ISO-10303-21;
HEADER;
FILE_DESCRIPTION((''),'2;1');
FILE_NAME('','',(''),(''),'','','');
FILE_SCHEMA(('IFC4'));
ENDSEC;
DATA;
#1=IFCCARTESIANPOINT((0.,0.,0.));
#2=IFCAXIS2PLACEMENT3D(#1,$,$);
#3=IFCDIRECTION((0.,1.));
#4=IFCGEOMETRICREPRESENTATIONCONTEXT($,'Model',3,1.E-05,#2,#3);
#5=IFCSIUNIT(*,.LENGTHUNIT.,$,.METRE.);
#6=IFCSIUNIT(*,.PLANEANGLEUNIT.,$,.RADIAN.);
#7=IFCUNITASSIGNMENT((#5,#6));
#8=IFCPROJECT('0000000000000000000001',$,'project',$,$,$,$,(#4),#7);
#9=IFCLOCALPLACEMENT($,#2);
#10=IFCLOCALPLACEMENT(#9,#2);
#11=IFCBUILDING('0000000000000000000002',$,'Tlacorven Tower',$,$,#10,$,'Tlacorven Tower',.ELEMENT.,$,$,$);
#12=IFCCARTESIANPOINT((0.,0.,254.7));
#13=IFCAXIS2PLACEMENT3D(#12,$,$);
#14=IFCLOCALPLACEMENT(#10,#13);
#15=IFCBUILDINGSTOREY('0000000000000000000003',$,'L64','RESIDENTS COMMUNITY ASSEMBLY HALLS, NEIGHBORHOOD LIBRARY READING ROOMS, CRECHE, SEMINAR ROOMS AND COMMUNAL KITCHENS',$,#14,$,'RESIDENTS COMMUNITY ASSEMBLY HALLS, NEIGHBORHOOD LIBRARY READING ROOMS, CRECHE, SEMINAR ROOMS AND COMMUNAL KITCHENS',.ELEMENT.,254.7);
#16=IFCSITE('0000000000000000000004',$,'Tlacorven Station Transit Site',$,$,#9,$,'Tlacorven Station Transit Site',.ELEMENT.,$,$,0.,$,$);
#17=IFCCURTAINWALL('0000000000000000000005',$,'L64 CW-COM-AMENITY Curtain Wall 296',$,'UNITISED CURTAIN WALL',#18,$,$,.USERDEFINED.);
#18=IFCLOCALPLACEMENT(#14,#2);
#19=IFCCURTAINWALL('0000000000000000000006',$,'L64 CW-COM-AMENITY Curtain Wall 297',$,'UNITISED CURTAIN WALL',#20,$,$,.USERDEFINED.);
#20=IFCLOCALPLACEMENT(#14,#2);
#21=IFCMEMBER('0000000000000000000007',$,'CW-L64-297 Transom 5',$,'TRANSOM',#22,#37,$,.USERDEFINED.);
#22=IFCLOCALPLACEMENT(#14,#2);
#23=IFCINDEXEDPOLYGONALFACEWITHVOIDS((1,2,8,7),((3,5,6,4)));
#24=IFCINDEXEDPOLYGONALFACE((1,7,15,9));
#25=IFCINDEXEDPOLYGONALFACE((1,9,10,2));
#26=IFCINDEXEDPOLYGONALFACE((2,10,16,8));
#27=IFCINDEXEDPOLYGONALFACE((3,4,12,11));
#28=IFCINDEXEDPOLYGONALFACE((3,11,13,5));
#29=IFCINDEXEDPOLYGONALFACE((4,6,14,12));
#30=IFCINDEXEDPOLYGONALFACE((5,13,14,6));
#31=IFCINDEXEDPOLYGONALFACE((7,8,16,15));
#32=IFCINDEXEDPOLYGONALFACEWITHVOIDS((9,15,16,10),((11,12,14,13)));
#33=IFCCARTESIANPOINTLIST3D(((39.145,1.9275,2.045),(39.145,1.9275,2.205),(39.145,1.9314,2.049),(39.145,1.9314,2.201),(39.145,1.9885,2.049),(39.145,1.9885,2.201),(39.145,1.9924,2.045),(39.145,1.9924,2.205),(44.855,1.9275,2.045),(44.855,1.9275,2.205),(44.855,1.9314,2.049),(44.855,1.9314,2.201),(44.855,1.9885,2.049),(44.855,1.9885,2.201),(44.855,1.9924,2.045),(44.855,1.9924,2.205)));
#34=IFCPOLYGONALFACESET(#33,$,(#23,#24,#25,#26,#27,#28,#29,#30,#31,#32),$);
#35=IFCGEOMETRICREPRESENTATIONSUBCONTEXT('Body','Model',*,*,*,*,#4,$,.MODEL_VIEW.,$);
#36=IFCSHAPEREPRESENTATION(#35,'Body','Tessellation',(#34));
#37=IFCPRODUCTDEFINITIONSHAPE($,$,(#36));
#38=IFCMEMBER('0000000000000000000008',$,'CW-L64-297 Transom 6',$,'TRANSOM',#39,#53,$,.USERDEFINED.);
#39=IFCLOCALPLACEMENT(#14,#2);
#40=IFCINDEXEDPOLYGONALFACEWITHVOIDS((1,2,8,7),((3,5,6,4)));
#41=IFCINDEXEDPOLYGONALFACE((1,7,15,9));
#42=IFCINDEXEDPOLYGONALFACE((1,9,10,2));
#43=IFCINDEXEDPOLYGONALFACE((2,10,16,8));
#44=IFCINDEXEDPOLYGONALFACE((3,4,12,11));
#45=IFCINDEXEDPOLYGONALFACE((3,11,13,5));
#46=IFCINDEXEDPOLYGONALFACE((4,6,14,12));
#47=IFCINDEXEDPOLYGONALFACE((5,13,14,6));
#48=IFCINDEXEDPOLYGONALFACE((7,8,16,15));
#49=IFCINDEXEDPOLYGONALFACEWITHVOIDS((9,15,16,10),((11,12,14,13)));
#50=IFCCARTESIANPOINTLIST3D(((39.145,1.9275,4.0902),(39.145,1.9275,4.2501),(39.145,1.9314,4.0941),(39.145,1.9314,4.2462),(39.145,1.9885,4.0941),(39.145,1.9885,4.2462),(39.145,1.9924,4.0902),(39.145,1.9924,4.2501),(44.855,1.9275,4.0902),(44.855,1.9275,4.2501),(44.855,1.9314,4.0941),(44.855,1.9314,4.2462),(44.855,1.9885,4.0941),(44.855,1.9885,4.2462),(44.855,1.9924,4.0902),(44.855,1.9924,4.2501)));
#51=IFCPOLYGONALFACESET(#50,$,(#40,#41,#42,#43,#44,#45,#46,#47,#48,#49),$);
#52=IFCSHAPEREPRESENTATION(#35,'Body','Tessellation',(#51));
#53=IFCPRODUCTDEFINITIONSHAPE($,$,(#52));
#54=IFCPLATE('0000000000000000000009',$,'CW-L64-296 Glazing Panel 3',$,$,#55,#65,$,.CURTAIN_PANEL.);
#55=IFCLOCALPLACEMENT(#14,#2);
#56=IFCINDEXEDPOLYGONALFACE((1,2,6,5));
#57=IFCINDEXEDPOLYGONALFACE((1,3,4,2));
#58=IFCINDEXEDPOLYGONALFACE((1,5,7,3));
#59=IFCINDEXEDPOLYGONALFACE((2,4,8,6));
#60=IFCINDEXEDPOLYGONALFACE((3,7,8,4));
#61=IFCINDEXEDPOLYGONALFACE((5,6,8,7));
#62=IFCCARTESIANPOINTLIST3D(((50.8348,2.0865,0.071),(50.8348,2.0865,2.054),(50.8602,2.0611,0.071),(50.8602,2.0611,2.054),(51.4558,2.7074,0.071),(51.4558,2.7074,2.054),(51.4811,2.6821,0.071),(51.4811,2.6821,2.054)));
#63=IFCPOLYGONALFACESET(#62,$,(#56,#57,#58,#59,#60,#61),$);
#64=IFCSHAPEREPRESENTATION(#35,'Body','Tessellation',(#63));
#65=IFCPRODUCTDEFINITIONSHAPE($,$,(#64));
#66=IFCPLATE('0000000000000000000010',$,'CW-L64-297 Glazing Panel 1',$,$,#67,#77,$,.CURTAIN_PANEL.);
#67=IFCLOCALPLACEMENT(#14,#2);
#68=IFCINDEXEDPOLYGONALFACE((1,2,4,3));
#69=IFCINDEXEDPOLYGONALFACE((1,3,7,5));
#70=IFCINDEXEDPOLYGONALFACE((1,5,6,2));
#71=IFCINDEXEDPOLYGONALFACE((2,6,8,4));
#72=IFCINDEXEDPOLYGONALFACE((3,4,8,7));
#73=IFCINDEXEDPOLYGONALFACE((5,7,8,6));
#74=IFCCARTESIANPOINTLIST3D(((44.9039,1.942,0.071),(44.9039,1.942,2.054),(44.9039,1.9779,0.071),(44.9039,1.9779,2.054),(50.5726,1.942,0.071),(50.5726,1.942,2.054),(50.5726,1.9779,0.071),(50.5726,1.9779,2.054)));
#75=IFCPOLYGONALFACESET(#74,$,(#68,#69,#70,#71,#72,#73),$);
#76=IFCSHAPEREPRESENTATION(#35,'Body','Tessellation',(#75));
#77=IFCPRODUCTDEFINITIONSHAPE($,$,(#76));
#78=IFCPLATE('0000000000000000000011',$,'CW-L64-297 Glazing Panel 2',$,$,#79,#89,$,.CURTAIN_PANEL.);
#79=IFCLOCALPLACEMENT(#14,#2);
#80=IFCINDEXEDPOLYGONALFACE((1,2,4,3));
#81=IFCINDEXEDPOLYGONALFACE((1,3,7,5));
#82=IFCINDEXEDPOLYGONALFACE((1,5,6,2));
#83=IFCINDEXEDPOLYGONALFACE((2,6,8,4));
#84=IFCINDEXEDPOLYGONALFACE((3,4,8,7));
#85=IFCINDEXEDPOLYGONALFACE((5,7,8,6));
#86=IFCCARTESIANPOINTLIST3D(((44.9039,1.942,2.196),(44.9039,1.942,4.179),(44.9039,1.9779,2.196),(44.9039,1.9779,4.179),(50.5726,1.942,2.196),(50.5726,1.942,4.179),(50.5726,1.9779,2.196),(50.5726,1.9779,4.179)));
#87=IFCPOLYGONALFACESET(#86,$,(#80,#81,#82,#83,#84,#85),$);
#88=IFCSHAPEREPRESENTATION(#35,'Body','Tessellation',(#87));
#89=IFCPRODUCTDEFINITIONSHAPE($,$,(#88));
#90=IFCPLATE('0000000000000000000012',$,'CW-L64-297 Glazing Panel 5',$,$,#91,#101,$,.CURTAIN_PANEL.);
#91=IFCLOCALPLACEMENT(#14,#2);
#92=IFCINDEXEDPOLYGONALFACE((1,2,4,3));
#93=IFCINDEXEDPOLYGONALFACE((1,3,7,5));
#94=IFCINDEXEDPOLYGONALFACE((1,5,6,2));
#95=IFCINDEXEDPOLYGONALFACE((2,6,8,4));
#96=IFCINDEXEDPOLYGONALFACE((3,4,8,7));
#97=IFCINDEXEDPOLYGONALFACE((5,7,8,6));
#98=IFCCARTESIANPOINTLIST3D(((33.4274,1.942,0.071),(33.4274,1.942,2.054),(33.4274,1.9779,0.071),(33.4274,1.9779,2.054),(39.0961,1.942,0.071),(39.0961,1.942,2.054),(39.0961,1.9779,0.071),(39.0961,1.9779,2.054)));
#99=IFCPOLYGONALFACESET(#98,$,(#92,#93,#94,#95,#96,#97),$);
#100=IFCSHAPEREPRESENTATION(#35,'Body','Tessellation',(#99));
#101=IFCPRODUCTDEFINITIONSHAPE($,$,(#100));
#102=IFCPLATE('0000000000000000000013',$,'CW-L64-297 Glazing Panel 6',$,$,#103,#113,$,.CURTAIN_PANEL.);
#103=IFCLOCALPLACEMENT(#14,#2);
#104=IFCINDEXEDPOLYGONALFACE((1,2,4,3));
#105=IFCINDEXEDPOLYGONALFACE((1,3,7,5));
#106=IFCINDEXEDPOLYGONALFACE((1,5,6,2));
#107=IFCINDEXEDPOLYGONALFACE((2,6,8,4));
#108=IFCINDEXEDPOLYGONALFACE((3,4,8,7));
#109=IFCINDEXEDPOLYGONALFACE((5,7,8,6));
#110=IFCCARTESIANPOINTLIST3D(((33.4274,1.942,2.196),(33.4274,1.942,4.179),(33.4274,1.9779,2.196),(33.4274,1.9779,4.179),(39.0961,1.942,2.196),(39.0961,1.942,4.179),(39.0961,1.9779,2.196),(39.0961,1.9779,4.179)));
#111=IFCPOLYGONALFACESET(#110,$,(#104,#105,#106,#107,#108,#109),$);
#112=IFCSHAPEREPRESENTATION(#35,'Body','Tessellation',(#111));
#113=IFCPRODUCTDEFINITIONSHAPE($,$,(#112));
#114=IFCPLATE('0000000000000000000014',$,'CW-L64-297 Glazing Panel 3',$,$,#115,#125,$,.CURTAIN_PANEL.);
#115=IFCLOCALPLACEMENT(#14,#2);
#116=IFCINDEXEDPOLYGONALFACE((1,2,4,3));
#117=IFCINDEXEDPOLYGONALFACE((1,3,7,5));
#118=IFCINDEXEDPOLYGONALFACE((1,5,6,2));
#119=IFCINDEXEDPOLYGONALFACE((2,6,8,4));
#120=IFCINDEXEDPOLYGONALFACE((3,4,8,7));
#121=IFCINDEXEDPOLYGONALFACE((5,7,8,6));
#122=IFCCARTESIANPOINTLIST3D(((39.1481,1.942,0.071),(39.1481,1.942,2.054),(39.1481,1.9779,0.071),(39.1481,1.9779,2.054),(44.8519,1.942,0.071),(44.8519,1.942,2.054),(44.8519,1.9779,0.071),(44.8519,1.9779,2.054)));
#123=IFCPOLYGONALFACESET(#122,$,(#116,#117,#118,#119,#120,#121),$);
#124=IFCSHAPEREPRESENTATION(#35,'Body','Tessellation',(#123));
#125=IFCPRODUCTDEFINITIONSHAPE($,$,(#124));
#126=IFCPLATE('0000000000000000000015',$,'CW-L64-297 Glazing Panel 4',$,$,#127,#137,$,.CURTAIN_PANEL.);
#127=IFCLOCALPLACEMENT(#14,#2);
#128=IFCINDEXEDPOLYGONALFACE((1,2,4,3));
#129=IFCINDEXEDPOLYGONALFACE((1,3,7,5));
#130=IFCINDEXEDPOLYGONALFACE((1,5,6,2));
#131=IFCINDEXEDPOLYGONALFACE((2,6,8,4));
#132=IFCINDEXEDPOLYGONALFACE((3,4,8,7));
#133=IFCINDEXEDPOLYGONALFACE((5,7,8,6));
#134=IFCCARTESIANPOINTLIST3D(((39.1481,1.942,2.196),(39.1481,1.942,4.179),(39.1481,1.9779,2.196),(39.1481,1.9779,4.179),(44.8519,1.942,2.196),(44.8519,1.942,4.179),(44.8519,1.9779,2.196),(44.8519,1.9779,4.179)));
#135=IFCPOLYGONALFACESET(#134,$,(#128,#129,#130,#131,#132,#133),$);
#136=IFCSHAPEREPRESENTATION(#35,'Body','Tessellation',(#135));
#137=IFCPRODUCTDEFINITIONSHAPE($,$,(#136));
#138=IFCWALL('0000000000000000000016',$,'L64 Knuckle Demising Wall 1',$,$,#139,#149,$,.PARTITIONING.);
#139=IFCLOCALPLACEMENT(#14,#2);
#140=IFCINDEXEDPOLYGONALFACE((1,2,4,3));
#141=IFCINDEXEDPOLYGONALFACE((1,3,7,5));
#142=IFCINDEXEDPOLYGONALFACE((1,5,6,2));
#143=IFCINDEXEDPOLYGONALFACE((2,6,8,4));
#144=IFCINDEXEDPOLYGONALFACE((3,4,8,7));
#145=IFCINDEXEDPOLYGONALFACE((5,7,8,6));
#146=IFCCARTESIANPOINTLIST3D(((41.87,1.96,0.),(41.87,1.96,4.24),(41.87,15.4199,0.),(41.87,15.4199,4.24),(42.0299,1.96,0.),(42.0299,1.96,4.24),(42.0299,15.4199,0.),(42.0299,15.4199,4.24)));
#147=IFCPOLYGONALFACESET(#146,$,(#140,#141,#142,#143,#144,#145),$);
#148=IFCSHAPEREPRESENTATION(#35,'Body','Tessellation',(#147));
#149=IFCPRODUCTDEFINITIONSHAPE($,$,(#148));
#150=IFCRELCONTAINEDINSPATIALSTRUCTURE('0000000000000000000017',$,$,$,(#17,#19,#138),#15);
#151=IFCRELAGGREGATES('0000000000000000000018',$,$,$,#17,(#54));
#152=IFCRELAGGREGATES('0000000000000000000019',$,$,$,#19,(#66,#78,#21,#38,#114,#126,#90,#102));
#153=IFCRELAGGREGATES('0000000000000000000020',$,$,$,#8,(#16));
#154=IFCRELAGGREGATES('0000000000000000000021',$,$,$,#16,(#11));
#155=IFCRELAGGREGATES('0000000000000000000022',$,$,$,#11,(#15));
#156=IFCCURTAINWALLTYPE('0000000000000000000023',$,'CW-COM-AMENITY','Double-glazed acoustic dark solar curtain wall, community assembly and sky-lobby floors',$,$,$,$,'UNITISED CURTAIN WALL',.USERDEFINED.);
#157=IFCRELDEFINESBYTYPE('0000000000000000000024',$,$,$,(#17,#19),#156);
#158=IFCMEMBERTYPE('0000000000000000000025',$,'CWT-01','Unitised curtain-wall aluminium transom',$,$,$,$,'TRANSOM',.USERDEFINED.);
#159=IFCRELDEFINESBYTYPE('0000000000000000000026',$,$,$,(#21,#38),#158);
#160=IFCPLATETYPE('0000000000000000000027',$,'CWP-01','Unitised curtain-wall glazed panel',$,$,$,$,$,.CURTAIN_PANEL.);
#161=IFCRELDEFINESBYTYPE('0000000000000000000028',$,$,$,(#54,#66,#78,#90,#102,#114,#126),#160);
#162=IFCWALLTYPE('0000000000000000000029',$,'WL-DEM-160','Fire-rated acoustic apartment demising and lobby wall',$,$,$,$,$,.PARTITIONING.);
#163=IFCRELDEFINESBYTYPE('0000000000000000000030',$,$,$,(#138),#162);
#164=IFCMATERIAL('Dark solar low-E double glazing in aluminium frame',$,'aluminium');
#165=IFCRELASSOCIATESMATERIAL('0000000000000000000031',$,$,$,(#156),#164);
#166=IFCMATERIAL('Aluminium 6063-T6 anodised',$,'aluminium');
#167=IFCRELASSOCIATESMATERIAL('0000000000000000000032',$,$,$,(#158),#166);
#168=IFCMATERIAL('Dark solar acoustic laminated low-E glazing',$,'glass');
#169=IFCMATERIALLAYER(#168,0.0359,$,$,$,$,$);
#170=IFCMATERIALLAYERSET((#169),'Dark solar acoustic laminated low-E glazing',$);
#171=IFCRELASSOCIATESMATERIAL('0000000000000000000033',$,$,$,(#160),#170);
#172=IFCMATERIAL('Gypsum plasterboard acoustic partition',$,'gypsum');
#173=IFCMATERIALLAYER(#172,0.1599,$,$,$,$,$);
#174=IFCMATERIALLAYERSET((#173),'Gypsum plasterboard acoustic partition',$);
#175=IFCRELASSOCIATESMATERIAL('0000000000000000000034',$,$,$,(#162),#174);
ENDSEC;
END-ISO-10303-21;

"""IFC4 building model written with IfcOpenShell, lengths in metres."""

from ifc_helpers import new_model, si_unit, direction, frame, frame_2d, origin, origin_2d, place, context, subcontext, project, spatial, rectangle, hollow_rectangle, extrude, source, transform, mapped, material, layer, layer_set, material_profile, profile_set, type_object, element, aggregate, save


model = new_model("IFC4")

# Units and contexts
model_context = context("Model", 3, precision=1e-05, world=origin(), true_north=direction((0.0, 1.0)))
body_context = subcontext(model_context, "Body", "Model", "MODEL_VIEW")
ifc_project = project(units=[si_unit("LENGTHUNIT", "METRE"), si_unit("PLANEANGLEUNIT", "RADIAN")], contexts=[model_context])

# Site, building, storey
site_placement = place(None, origin())
site = spatial("IfcSite", under=ifc_project, at=site_placement, Name="Tlacorven Station Transit Site", LongName="Tlacorven Station Transit Site", CompositionType="ELEMENT", RefElevation=0.0)
building_placement = place(site_placement, origin())
building = spatial("IfcBuilding", under=site, at=building_placement, Name="Tlacorven Tower", LongName="Tlacorven Tower", CompositionType="ELEMENT")
storey_placement = place(building_placement, frame((0.0, 0.0, 254.7)))
storey = spatial("IfcBuildingStorey", under=building, at=storey_placement, Name="L64", Description="RESIDENTS COMMUNITY ASSEMBLY HALLS, NEIGHBORHOOD LIBRARY READING ROOMS, CRECHE, SEMINAR ROOMS AND COMMUNAL KITCHENS", LongName="RESIDENTS COMMUNITY ASSEMBLY HALLS, NEIGHBORHOOD LIBRARY READING ROOMS, CRECHE, SEMINAR ROOMS AND COMMUNAL KITCHENS", CompositionType="ELEMENT", Elevation=254.7)

# Curtain wall
ifc_material_1 = material(Name="Dark solar low-E double glazing in aluminium frame", Category="aluminium")
curtain_wall_type = type_object("IfcCurtainWallType", Name="CW-COM-AMENITY", Description="Double-glazed acoustic dark solar curtain wall, community assembly and sky-lobby floors", ElementType="UNITISED CURTAIN WALL", PredefinedType="USERDEFINED", material=ifc_material_1)
curtain_wall_1_placement = place(storey_placement, origin())
curtain_wall_1 = element("IfcCurtainWall", 1, at=curtain_wall_1_placement, inside=storey, type_object=curtain_wall_type, Name="L64 CW-COM-AMENITY Curtain Wall 296", ObjectType="UNITISED CURTAIN WALL", PredefinedType="USERDEFINED")
ifc_material_2 = material(Name="Aluminium 6063-T6 anodised", Category="aluminium")

# Curtain wall, members
curtain_wall_2_placement = place(storey_placement, origin())
curtain_wall_2 = element("IfcCurtainWall", 2, at=curtain_wall_2_placement, inside=storey, type_object=curtain_wall_type, Name="L64 CW-COM-AMENITY Curtain Wall 297", ObjectType="UNITISED CURTAIN WALL", PredefinedType="USERDEFINED")
ifc_material_profile_1 = material_profile(ifc_material_2, hollow_rectangle(XDim=0.0649, YDim=0.1599, WallThickness=0.0039, at=origin_2d()), Name="ALU TRANSOM 65X160")
ifc_profile_set_1 = profile_set([ifc_material_profile_1], Name="Aluminium 6063-T6 anodised")
member_type_1 = type_object("IfcMemberType", Name="CWT-01", Description="Unitised curtain-wall aluminium transom", ElementType="TRANSOM", PredefinedType="USERDEFINED", material=ifc_profile_set_1)
shared_shape_1 = source(origin(), body_context, "Body", "SweptSolid", [
    extrude(hollow_rectangle(XDim=0.0649, YDim=0.1599, WallThickness=0.0039, at=origin_2d()), origin(), (0.0, 0.0, 1.0), 5.71),
])
member_1_placement = place(storey_placement, frame((44.855, 1.96, 2.125), z_axis=(-1.0, 0.0, 0.0), x_axis=(0.0, -1.0, 0.0)))
member_1 = element("IfcMember", 3, at=member_1_placement, type_object=member_type_1, Name="CW-L64-297 Transom 5", ObjectType="TRANSOM", PredefinedType="USERDEFINED", context=body_context, shape_type="MappedRepresentation", body=[
    mapped(shared_shape_1, transform((0.0, 0.0, 0.0), scale=1.0)),
])
member_2_placement = place(storey_placement, frame((44.855, 1.96, 4.1702), z_axis=(-1.0, 0.0, 0.0), x_axis=(0.0, -1.0, 0.0)))
member_2 = element("IfcMember", 4, at=member_2_placement, type_object=member_type_1, Name="CW-L64-297 Transom 6", ObjectType="TRANSOM", PredefinedType="USERDEFINED", context=body_context, shape_type="MappedRepresentation", body=[
    mapped(shared_shape_1, transform((0.0, 0.0, 0.0), scale=1.0)),
])

# Plates
ifc_material_3 = material(Name="Dark solar acoustic laminated low-E glazing", Category="glass")
ifc_layer_1 = layer(ifc_material_3, 0.0359)
ifc_layer_set_1 = layer_set([ifc_layer_1], Name="Dark solar acoustic laminated low-E glazing")
plate_type = type_object("IfcPlateType", Name="CWP-01", Description="Unitised curtain-wall glazed panel", PredefinedType="CURTAIN_PANEL", material=ifc_layer_set_1)
shared_shape_2 = source(origin(), body_context, "Body", "SweptSolid", [
    extrude(rectangle(XDim=0.8782, YDim=0.0359, at=origin_2d()), origin(), (0.0, 0.0, 1.0), 1.9829),
])
plate_1_placement = place(storey_placement, frame((51.158, 2.3843, 0.071), z_axis=(0.0, 0.0, 1.0), x_axis=(-0.707107, -0.707107, 0.0)))
plate_1 = element("IfcPlate", 5, at=plate_1_placement, type_object=plate_type, Name="CW-L64-296 Glazing Panel 3", PredefinedType="CURTAIN_PANEL", context=body_context, shape_type="MappedRepresentation", body=[
    mapped(shared_shape_2, transform((0.0, 0.0, 0.0), scale=1.0)),
])
aggregate(curtain_wall_1, [plate_1])
shared_shape_3 = source(origin(), body_context, "Body", "SweptSolid", [
    extrude(rectangle(XDim=5.6687, YDim=0.0359, at=origin_2d()), origin(), (0.0, 0.0, 1.0), 1.9829),
])
plate_2_placement = place(storey_placement, frame((47.7383, 1.96, 0.071), z_axis=(0.0, 0.0, 1.0), x_axis=(-1.0, 0.0, 0.0)))
plate_2 = element("IfcPlate", 6, at=plate_2_placement, type_object=plate_type, Name="CW-L64-297 Glazing Panel 1", PredefinedType="CURTAIN_PANEL", context=body_context, shape_type="MappedRepresentation", body=[
    mapped(shared_shape_3, transform((0.0, 0.0, 0.0), scale=1.0)),
])
plate_3_placement = place(storey_placement, frame((47.7383, 1.96, 2.196), z_axis=(0.0, 0.0, 1.0), x_axis=(-1.0, 0.0, 0.0)))
plate_3 = element("IfcPlate", 7, at=plate_3_placement, type_object=plate_type, Name="CW-L64-297 Glazing Panel 2", PredefinedType="CURTAIN_PANEL", context=body_context, shape_type="MappedRepresentation", body=[
    mapped(shared_shape_3, transform((0.0, 0.0, 0.0), scale=1.0)),
])
plate_4_placement = place(storey_placement, frame((36.2617, 1.96, 0.071), z_axis=(0.0, 0.0, 1.0), x_axis=(-1.0, 0.0, 0.0)))
plate_4 = element("IfcPlate", 8, at=plate_4_placement, type_object=plate_type, Name="CW-L64-297 Glazing Panel 5", PredefinedType="CURTAIN_PANEL", context=body_context, shape_type="MappedRepresentation", body=[
    mapped(shared_shape_3, transform((0.0, 0.0, 0.0), scale=1.0)),
])
plate_5_placement = place(storey_placement, frame((36.2617, 1.96, 2.196), z_axis=(0.0, 0.0, 1.0), x_axis=(-1.0, 0.0, 0.0)))
plate_5 = element("IfcPlate", 9, at=plate_5_placement, type_object=plate_type, Name="CW-L64-297 Glazing Panel 6", PredefinedType="CURTAIN_PANEL", context=body_context, shape_type="MappedRepresentation", body=[
    mapped(shared_shape_3, transform((0.0, 0.0, 0.0), scale=1.0)),
])
shared_shape_4 = source(origin(), body_context, "Body", "SweptSolid", [
    extrude(rectangle(XDim=5.7039, YDim=0.0359, at=origin_2d()), origin(), (0.0, 0.0, 1.0), 1.9829),
])
plate_6_placement = place(storey_placement, frame((42.0, 1.96, 0.071), z_axis=(0.0, 0.0, 1.0), x_axis=(-1.0, 0.0, 0.0)))
plate_6 = element("IfcPlate", 10, at=plate_6_placement, type_object=plate_type, Name="CW-L64-297 Glazing Panel 3", PredefinedType="CURTAIN_PANEL", context=body_context, shape_type="MappedRepresentation", body=[
    mapped(shared_shape_4, transform((0.0, 0.0, 0.0), scale=1.0)),
])
plate_7_placement = place(storey_placement, frame((42.0, 1.96, 2.196), z_axis=(0.0, 0.0, 1.0), x_axis=(-1.0, 0.0, 0.0)))
plate_7 = element("IfcPlate", 11, at=plate_7_placement, type_object=plate_type, Name="CW-L64-297 Glazing Panel 4", PredefinedType="CURTAIN_PANEL", context=body_context, shape_type="MappedRepresentation", body=[
    mapped(shared_shape_4, transform((0.0, 0.0, 0.0), scale=1.0)),
])
aggregate(curtain_wall_2, [plate_2, plate_3, member_1, member_2, plate_6, plate_7, plate_4, plate_5])

# Wall
ifc_material_4 = material(Name="Gypsum plasterboard acoustic partition", Category="gypsum")
ifc_layer_2 = layer(ifc_material_4, 0.1599)
ifc_layer_set_2 = layer_set([ifc_layer_2], Name="Gypsum plasterboard acoustic partition")
wall_type_1 = type_object("IfcWallType", Name="WL-DEM-160", Description="Fire-rated acoustic apartment demising and lobby wall", PredefinedType="PARTITIONING", material=ifc_layer_set_2)
wall_1_placement = place(storey_placement, frame((41.95, 1.96, 0.0), z_axis=(0.0, 0.0, 1.0), x_axis=(0.0, 1.0, 0.0)))
element("IfcWall", 12, at=wall_1_placement, inside=storey, type_object=wall_type_1, Name="L64 Knuckle Demising Wall 1", PredefinedType="PARTITIONING", context=body_context, shape_type="SweptSolid", body=[
    extrude(rectangle(XDim=13.46, YDim=0.1599, at=frame_2d((6.73, 0.0))), origin(), (0.0, 0.0, 1.0), 4.24),
])

save(model, "model.ifc")
